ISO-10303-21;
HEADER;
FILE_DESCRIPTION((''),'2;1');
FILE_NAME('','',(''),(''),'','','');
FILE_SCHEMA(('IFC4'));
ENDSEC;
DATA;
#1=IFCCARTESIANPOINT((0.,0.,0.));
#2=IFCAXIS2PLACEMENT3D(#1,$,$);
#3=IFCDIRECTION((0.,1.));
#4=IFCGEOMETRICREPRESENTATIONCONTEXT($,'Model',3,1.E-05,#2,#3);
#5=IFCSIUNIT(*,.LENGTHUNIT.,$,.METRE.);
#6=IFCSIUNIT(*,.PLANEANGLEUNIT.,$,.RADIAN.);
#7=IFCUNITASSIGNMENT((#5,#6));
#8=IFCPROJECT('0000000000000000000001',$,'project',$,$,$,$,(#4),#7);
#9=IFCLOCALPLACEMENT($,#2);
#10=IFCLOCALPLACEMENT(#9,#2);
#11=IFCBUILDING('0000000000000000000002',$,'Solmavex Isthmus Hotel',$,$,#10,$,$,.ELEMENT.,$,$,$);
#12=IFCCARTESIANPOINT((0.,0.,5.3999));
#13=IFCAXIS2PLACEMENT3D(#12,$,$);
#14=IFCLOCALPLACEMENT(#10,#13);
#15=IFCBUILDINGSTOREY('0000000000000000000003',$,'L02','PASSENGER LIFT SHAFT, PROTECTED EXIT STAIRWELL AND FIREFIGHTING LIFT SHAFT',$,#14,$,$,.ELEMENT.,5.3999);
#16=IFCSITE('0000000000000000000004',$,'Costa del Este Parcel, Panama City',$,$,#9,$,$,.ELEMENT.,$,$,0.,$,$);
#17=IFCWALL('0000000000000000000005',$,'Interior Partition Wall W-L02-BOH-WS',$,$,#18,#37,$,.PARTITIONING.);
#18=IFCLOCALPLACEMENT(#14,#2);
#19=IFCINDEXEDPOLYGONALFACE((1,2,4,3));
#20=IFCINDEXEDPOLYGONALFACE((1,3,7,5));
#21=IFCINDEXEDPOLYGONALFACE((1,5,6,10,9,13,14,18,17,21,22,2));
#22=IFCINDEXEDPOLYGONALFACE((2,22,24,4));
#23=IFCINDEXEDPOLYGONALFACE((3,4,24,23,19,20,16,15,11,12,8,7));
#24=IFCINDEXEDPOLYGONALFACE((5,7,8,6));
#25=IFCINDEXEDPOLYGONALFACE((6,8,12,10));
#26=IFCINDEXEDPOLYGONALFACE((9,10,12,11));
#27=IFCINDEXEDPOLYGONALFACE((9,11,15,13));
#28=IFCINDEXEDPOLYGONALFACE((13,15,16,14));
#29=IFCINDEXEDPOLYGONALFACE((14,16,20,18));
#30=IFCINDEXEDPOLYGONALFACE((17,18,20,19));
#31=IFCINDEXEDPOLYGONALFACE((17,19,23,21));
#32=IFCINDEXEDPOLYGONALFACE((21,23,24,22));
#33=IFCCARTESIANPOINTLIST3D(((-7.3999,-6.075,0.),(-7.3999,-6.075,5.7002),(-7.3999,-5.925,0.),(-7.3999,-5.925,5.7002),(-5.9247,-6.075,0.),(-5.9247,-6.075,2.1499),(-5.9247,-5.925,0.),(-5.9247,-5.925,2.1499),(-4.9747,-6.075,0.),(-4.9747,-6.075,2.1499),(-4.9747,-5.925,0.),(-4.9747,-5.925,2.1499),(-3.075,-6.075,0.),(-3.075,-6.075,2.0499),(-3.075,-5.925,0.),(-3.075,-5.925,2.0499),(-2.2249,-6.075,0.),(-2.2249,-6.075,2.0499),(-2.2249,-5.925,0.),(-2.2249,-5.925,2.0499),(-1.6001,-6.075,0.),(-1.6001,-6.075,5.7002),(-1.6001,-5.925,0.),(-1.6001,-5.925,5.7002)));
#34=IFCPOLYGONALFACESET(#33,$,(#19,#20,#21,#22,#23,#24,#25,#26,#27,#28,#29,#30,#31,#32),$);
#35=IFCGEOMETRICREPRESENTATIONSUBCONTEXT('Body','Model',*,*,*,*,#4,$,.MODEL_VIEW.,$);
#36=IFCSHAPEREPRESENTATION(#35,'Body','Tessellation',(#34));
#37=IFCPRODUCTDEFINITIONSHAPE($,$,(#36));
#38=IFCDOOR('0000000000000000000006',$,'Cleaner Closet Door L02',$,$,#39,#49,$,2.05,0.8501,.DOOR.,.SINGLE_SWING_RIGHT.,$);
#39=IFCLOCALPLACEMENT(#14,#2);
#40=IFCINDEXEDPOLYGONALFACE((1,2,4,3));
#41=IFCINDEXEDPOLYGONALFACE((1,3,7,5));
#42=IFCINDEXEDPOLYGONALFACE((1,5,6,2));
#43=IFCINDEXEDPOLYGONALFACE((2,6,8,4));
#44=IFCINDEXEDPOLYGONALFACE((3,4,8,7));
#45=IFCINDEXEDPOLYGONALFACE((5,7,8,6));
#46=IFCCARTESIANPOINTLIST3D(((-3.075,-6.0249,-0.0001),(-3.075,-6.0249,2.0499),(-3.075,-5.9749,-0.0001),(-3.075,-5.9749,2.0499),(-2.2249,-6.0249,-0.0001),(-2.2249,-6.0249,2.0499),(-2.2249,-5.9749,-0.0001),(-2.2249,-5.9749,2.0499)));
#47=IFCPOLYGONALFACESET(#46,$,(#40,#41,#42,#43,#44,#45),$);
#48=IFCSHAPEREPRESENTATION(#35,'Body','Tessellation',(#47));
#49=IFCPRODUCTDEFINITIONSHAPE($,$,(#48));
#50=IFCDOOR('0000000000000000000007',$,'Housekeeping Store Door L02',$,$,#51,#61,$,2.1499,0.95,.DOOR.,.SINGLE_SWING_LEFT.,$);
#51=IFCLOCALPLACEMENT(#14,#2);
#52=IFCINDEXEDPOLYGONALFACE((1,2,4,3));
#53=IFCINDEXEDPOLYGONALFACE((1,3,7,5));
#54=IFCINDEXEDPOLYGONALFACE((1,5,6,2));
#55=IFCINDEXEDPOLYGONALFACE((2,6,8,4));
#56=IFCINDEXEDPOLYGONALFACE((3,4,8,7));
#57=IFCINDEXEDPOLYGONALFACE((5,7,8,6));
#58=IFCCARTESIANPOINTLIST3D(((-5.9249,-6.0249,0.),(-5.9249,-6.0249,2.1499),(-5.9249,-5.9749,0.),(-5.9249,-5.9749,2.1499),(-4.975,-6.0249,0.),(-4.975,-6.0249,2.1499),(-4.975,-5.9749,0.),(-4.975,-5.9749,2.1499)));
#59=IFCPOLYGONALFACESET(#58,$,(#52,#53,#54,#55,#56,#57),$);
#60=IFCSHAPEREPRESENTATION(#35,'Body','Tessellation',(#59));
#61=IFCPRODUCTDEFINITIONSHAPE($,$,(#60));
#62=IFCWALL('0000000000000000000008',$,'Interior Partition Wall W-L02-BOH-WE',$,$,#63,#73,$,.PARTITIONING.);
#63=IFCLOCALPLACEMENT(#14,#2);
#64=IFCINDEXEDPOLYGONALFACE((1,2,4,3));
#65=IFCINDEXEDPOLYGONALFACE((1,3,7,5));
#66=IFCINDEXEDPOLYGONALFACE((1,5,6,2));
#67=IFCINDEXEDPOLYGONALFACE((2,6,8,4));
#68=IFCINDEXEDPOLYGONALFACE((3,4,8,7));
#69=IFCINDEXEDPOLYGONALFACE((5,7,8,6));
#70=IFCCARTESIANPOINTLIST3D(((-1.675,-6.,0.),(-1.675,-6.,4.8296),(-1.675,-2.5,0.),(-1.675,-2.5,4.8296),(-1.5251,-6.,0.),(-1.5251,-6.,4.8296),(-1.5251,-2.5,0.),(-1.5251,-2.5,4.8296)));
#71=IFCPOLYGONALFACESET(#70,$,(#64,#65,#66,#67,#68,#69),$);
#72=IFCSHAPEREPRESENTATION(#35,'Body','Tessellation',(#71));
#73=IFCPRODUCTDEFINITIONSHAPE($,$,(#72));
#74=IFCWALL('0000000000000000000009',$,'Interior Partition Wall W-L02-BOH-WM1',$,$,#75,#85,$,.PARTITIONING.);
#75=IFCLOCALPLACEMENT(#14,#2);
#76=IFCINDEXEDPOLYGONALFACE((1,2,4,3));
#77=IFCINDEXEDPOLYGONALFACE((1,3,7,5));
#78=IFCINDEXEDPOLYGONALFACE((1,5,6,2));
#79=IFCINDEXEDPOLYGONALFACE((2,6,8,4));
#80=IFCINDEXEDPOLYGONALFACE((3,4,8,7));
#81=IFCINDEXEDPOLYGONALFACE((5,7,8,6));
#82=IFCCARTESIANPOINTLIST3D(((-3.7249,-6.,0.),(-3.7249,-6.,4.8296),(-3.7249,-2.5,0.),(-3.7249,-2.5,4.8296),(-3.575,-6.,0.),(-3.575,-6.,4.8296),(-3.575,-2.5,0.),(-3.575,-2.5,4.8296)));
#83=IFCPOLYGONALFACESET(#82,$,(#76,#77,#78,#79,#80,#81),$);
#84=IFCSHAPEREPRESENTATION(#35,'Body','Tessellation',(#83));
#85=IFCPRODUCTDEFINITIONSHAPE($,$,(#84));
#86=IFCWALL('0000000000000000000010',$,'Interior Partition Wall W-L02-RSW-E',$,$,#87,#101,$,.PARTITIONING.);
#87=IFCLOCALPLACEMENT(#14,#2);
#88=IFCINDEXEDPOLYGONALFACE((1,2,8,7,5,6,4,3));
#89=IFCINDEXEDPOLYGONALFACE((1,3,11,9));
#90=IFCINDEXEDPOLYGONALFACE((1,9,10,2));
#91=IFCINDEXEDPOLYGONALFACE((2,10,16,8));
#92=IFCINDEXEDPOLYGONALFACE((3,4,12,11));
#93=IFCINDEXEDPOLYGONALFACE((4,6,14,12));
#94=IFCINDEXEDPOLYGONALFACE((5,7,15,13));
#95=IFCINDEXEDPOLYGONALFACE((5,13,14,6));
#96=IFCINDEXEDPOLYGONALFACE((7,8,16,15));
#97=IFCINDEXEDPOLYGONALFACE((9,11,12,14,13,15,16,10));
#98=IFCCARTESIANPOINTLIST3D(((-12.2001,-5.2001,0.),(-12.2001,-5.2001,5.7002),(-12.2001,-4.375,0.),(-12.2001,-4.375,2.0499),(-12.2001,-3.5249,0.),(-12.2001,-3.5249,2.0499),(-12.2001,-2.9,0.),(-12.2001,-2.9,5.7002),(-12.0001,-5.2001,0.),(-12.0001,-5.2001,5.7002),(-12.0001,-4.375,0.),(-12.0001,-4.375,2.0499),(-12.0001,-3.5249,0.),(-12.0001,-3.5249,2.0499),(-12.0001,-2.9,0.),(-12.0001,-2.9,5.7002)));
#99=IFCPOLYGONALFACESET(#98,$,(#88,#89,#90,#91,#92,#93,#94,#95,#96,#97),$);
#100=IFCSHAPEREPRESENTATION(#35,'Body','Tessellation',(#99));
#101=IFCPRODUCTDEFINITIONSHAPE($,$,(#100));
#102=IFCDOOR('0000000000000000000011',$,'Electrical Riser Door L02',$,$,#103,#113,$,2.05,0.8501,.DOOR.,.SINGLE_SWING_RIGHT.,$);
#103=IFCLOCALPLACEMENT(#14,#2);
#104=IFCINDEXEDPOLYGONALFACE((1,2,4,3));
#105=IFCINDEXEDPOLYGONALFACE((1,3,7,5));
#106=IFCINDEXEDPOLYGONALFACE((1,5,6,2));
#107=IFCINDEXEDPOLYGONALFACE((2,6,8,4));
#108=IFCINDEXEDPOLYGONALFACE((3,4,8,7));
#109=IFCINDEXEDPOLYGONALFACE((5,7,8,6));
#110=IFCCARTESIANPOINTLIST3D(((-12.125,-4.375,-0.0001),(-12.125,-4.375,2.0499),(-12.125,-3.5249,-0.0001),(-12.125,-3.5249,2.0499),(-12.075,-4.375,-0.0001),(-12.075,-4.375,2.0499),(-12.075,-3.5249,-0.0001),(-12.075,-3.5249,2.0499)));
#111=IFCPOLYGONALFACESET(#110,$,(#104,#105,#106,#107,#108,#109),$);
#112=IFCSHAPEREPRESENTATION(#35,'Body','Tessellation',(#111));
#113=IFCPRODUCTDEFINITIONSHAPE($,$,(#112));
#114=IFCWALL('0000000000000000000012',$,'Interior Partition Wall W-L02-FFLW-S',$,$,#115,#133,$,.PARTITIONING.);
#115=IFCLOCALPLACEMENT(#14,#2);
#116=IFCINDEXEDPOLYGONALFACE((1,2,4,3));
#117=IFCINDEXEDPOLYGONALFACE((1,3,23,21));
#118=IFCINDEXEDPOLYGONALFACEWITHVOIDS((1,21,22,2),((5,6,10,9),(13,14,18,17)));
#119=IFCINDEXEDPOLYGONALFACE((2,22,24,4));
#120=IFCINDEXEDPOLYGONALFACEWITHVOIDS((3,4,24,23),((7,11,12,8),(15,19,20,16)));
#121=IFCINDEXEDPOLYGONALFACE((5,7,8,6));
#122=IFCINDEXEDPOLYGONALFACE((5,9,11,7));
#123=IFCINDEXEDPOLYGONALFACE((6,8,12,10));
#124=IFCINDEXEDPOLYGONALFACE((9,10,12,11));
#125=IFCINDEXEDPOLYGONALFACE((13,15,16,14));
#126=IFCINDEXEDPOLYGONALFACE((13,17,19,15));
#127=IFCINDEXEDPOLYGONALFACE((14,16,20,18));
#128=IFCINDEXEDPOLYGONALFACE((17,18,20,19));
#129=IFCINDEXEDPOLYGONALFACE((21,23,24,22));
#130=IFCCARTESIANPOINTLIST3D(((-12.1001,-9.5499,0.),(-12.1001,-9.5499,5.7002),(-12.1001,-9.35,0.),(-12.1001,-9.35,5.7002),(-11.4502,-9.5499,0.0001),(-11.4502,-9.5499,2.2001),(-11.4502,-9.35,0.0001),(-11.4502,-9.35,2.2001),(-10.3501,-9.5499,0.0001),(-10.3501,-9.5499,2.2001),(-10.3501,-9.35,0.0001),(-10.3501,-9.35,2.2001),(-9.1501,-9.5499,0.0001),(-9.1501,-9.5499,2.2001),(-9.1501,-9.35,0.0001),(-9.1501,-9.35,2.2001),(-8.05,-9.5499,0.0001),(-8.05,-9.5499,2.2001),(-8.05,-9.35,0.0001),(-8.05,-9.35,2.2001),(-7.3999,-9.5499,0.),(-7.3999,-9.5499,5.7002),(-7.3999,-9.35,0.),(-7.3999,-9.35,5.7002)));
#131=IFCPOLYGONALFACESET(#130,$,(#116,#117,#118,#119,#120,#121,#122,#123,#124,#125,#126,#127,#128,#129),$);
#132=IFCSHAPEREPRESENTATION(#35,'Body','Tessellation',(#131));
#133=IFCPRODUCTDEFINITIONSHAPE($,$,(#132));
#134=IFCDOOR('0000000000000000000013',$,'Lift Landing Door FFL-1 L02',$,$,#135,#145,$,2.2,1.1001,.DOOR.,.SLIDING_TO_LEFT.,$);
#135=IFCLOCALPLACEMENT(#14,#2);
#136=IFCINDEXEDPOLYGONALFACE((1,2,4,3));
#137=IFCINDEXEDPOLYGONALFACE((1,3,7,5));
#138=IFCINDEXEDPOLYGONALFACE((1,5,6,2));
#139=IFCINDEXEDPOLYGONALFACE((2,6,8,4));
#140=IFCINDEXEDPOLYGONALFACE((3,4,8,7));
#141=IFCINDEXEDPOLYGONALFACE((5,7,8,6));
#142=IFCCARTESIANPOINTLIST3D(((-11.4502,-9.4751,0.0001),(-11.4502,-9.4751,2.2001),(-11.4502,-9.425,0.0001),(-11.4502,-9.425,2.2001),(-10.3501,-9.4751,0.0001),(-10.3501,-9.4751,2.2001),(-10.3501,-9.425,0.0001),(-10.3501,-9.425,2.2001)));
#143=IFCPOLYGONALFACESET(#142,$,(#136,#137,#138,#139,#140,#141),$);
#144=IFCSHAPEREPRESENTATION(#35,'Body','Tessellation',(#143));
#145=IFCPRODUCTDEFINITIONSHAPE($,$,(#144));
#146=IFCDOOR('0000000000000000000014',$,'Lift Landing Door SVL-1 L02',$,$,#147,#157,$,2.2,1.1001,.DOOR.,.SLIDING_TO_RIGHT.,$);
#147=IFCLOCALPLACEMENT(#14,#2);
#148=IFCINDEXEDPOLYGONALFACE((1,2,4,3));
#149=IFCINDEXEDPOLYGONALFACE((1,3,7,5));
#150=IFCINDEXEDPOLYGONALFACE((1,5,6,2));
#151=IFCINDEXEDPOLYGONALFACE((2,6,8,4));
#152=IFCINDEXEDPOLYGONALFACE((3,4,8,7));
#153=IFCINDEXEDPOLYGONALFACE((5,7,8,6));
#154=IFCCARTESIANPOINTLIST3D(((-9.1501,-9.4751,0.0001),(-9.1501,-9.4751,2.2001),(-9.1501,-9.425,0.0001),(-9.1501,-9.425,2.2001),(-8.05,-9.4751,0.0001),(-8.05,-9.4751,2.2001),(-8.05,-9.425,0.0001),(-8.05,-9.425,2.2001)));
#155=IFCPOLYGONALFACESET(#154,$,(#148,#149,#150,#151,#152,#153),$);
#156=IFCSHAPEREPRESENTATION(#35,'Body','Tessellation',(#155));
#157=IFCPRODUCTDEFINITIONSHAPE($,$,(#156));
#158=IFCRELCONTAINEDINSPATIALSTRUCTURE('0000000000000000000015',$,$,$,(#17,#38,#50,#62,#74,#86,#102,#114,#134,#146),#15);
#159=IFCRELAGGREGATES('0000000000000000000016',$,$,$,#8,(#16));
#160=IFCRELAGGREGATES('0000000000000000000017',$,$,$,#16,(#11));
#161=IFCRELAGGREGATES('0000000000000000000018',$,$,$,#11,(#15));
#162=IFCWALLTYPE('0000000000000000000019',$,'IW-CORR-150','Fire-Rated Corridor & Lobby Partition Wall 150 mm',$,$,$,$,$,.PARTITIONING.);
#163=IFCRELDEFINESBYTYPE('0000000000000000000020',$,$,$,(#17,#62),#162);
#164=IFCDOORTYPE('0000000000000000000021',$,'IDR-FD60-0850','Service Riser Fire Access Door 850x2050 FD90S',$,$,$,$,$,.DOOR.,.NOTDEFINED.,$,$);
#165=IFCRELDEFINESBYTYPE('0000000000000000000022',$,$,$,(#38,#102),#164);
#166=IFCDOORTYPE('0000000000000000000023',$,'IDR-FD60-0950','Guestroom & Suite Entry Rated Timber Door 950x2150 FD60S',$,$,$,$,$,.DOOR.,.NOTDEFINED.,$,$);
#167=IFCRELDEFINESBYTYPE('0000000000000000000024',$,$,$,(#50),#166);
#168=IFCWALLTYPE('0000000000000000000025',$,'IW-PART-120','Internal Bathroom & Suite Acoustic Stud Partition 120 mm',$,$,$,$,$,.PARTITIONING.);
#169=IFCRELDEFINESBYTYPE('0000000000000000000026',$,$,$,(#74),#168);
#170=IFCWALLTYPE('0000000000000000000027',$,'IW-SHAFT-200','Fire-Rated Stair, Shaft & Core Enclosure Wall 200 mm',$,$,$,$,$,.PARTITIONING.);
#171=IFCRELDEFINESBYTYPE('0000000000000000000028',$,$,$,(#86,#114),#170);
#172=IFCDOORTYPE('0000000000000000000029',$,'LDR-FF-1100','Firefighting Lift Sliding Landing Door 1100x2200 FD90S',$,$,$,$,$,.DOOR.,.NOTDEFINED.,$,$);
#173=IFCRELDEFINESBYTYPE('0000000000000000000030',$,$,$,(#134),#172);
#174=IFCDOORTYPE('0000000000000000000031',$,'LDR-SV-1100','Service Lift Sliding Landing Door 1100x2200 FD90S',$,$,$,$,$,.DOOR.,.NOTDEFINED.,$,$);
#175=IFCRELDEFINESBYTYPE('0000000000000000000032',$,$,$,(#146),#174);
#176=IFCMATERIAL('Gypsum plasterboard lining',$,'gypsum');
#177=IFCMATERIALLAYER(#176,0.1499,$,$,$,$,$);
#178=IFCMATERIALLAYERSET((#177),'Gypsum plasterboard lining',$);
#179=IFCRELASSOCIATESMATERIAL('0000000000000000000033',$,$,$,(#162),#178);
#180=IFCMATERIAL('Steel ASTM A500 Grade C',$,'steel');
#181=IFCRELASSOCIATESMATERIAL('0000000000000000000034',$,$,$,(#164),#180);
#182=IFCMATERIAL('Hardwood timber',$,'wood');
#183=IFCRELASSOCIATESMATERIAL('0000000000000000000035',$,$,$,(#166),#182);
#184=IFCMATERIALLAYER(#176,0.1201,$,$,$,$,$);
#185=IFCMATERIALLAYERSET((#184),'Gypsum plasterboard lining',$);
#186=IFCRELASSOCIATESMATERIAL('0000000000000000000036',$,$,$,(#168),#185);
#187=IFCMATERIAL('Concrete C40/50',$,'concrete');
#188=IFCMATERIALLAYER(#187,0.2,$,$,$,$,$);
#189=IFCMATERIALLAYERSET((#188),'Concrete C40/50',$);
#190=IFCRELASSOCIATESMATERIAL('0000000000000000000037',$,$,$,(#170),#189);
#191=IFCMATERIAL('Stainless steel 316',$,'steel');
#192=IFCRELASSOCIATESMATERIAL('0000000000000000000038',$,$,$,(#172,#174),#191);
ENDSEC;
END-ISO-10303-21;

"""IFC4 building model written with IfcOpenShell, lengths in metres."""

from ifc_helpers import new_model, si_unit, direction, frame, frame_2d, origin, place, context, subcontext, project, spatial, rectangle, extrude, material, layer, layer_set, type_object, element, fill, save


model = new_model("IFC4")

# Units and contexts
model_context = context("Model", 3, precision=1e-05, world=origin(), true_north=direction((0.0, 1.0)))
body_context = subcontext(model_context, "Body", "Model", "MODEL_VIEW")
ifc_project = project(units=[si_unit("LENGTHUNIT", "METRE"), si_unit("PLANEANGLEUNIT", "RADIAN")], contexts=[model_context])

# Site, building, storey
site_placement = place(None, origin())
site = spatial("IfcSite", under=ifc_project, at=site_placement, Name="Costa del Este Parcel, Panama City", CompositionType="ELEMENT", RefElevation=0.0)
building_placement = place(site_placement, origin())
building = spatial("IfcBuilding", under=site, at=building_placement, Name="Solmavex Isthmus Hotel", CompositionType="ELEMENT")
storey_placement = place(building_placement, frame((0.0, 0.0, 5.3999)))
storey = spatial("IfcBuildingStorey", under=building, at=storey_placement, Name="L02", Description="PASSENGER LIFT SHAFT, PROTECTED EXIT STAIRWELL AND FIREFIGHTING LIFT SHAFT", CompositionType="ELEMENT", Elevation=5.3999)

# Wall, openings, doors
ifc_material_1 = material(Name="Gypsum plasterboard lining", Category="gypsum")
ifc_layer_1 = layer(ifc_material_1, 0.1499)
ifc_layer_set_1 = layer_set([ifc_layer_1], Name="Gypsum plasterboard lining")
wall_type_1 = type_object("IfcWallType", Name="IW-CORR-150", Description="Fire-Rated Corridor & Lobby Partition Wall 150 mm", PredefinedType="PARTITIONING", material=ifc_layer_set_1)
wall_1_placement = place(storey_placement, frame((-7.3999, -6.0, 0.0), z_axis=(0.0, 0.0, 1.0), x_axis=(1.0, 0.0, 0.0)))
wall_1 = element("IfcWall", 1, at=wall_1_placement, inside=storey, type_object=wall_type_1, Name="Interior Partition Wall W-L02-BOH-WS", PredefinedType="PARTITIONING", context=body_context, shape_type="SweptSolid", body=[
    extrude(rectangle(XDim=5.7998, YDim=0.1499, at=frame_2d((2.8999, 0.0))), origin(), (0.0, 0.0, 1.0), 5.7002),
])
opening_1_placement = place(wall_1_placement, frame((1.4751, 0.0, 0.0)))
opening_1 = element("IfcOpeningElement", 2, at=opening_1_placement, cuts=wall_1, PredefinedType="OPENING", context=body_context, shape_type="SweptSolid", body=[
    extrude(rectangle(XDim=0.95, YDim=2.1499, at=frame_2d((0.4751, 1.075))), frame((0.0, 0.085, 0.0), z_axis=(0.0, -1.0, 0.0), x_axis=(1.0, 0.0, 0.0)), (0.0, 0.0, 1.0), 0.1699),
])
opening_2_placement = place(wall_1_placement, frame((4.325, 0.0, 0.0)))
opening_2 = element("IfcOpeningElement", 3, at=opening_2_placement, cuts=wall_1, PredefinedType="OPENING", context=body_context, shape_type="SweptSolid", body=[
    extrude(rectangle(XDim=0.8501, YDim=2.05, at=frame_2d((0.425, 1.0249))), frame((0.0, 0.085, 0.0), z_axis=(0.0, -1.0, 0.0), x_axis=(1.0, 0.0, 0.0)), (0.0, 0.0, 1.0), 0.1699),
])
ifc_material_2 = material(Name="Steel ASTM A500 Grade C", Category="steel")
door_type_1 = type_object("IfcDoorType", Name="IDR-FD60-0850", Description="Service Riser Fire Access Door 850x2050 FD90S", OperationType="NOTDEFINED", PredefinedType="DOOR", material=ifc_material_2)
door_1_placement = place(opening_2_placement, frame((0.8501, 0.0, 0.0), z_axis=(0.0, 0.0, 1.0), x_axis=(-1.0, 0.0, 0.0)))
door_1 = element("IfcDoor", 4, at=door_1_placement, inside=storey, type_object=door_type_1, Name="Cleaner Closet Door L02", OperationType="SINGLE_SWING_RIGHT", OverallHeight=2.05, OverallWidth=0.8501, PredefinedType="DOOR", context=body_context, shape_type="SweptSolid", body=[
    extrude(rectangle(XDim=0.8501, YDim=2.05, at=frame_2d((0.425, 1.0249))), frame((0.0, 0.0249, 0.0), z_axis=(0.0, -1.0, 0.0), x_axis=(1.0, 0.0, 0.0)), (0.0, 0.0, 1.0), 0.05),
])
fill(opening_2, door_1)
ifc_material_3 = material(Name="Hardwood timber", Category="wood")
door_type_2 = type_object("IfcDoorType", Name="IDR-FD60-0950", Description="Guestroom & Suite Entry Rated Timber Door 950x2150 FD60S", OperationType="NOTDEFINED", PredefinedType="DOOR", material=ifc_material_3)
door_2_placement = place(opening_1_placement, frame((0.95, 0.0, 0.0), z_axis=(0.0, 0.0, 1.0), x_axis=(-1.0, 0.0, 0.0)))
door_2 = element("IfcDoor", 5, at=door_2_placement, inside=storey, type_object=door_type_2, Name="Housekeeping Store Door L02", OperationType="SINGLE_SWING_LEFT", OverallHeight=2.1499, OverallWidth=0.95, PredefinedType="DOOR", context=body_context, shape_type="SweptSolid", body=[
    extrude(rectangle(XDim=0.95, YDim=2.1499, at=frame_2d((0.4751, 1.075))), frame((0.0, 0.0249, 0.0), z_axis=(0.0, -1.0, 0.0), x_axis=(1.0, 0.0, 0.0)), (0.0, 0.0, 1.0), 0.05),
])
fill(opening_1, door_2)

# Walls
wall_2_placement = place(storey_placement, frame((-1.6001, -6.0, 0.0), z_axis=(0.0, 0.0, 1.0), x_axis=(0.0, 1.0, 0.0)))
element("IfcWall", 6, at=wall_2_placement, inside=storey, type_object=wall_type_1, Name="Interior Partition Wall W-L02-BOH-WE", PredefinedType="PARTITIONING", context=body_context, shape_type="SweptSolid", body=[
    extrude(rectangle(XDim=3.5, YDim=0.1499, at=frame_2d((1.75, 0.0))), origin(), (0.0, 0.0, 1.0), 4.8296),
])
ifc_layer_2 = layer(ifc_material_1, 0.1201)
ifc_layer_set_2 = layer_set([ifc_layer_2], Name="Gypsum plasterboard lining")
wall_type_2 = type_object("IfcWallType", Name="IW-PART-120", Description="Internal Bathroom & Suite Acoustic Stud Partition 120 mm", PredefinedType="PARTITIONING", material=ifc_layer_set_2)
wall_3_placement = place(storey_placement, frame((-3.6499, -6.0, 0.0), z_axis=(0.0, 0.0, 1.0), x_axis=(0.0, 1.0, 0.0)))
element("IfcWall", 7, at=wall_3_placement, inside=storey, type_object=wall_type_2, Name="Interior Partition Wall W-L02-BOH-WM1", PredefinedType="PARTITIONING", context=body_context, shape_type="SweptSolid", body=[
    extrude(rectangle(XDim=3.5, YDim=0.1499, at=frame_2d((1.75, 0.0))), origin(), (0.0, 0.0, 1.0), 4.8296),
])

# Wall, opening, door
ifc_material_4 = material(Name="Concrete C40/50", Category="concrete")
ifc_layer_3 = layer(ifc_material_4, 0.2)
ifc_layer_set_3 = layer_set([ifc_layer_3], Name="Concrete C40/50")
wall_type_3 = type_object("IfcWallType", Name="IW-SHAFT-200", Description="Fire-Rated Stair, Shaft & Core Enclosure Wall 200 mm", PredefinedType="PARTITIONING", material=ifc_layer_set_3)
wall_4_placement = place(storey_placement, frame((-12.1001, -5.2, 0.0), z_axis=(0.0, 0.0, 1.0), x_axis=(0.0, 1.0, 0.0)))
wall_4 = element("IfcWall", 8, at=wall_4_placement, inside=storey, type_object=wall_type_3, Name="Interior Partition Wall W-L02-RSW-E", PredefinedType="PARTITIONING", context=body_context, shape_type="SweptSolid", body=[
    extrude(rectangle(XDim=2.3, YDim=0.2, at=frame_2d((1.1499, 0.0))), origin(), (0.0, 0.0, 1.0), 5.7002),
])
opening_3_placement = place(wall_4_placement, frame((0.825, 0.0, 0.0)))
opening_3 = element("IfcOpeningElement", 9, at=opening_3_placement, cuts=wall_4, PredefinedType="OPENING", context=body_context, shape_type="SweptSolid", body=[
    extrude(rectangle(XDim=0.8501, YDim=2.05, at=frame_2d((0.425, 1.0249))), frame((0.0, 0.1099, 0.0), z_axis=(0.0, -1.0, 0.0), x_axis=(1.0, 0.0, 0.0)), (0.0, 0.0, 1.0), 0.22),
])
door_3_placement = place(opening_3_placement, origin())
door_3 = element("IfcDoor", 10, at=door_3_placement, inside=storey, type_object=door_type_1, Name="Electrical Riser Door L02", OperationType="SINGLE_SWING_RIGHT", OverallHeight=2.05, OverallWidth=0.8501, PredefinedType="DOOR", context=body_context, shape_type="SweptSolid", body=[
    extrude(rectangle(XDim=0.8501, YDim=2.05, at=frame_2d((0.425, 1.0249))), frame((0.0, 0.0249, 0.0), z_axis=(0.0, -1.0, 0.0), x_axis=(1.0, 0.0, 0.0)), (0.0, 0.0, 1.0), 0.05),
])
fill(opening_3, door_3)

# Wall, openings, doors
wall_5_placement = place(storey_placement, frame((-12.1001, -9.45, 0.0), z_axis=(0.0, 0.0, 1.0), x_axis=(1.0, 0.0, 0.0)))
wall_5 = element("IfcWall", 11, at=wall_5_placement, inside=storey, type_object=wall_type_3, Name="Interior Partition Wall W-L02-FFLW-S", PredefinedType="PARTITIONING", context=body_context, shape_type="SweptSolid", body=[
    extrude(rectangle(XDim=4.7002, YDim=0.2, at=frame_2d((2.3501, 0.0))), origin(), (0.0, 0.0, 1.0), 5.7002),
])
opening_4_placement = place(wall_5_placement, frame((0.6499, 0.0, 0.0)))
opening_4 = element("IfcOpeningElement", 12, at=opening_4_placement, cuts=wall_5, PredefinedType="OPENING", context=body_context, shape_type="SweptSolid", body=[
    extrude(rectangle(XDim=1.1001, YDim=2.2, at=frame_2d((0.55, 1.1001))), frame((0.0, 0.1099, 0.0), z_axis=(0.0, -1.0, 0.0), x_axis=(1.0, 0.0, 0.0)), (0.0, 0.0, 1.0), 0.22),
])
opening_5_placement = place(wall_5_placement, frame((2.95, 0.0, 0.0)))
opening_5 = element("IfcOpeningElement", 13, at=opening_5_placement, cuts=wall_5, PredefinedType="OPENING", context=body_context, shape_type="SweptSolid", body=[
    extrude(rectangle(XDim=1.1001, YDim=2.2, at=frame_2d((0.55, 1.1001))), frame((0.0, 0.1099, 0.0), z_axis=(0.0, -1.0, 0.0), x_axis=(1.0, 0.0, 0.0)), (0.0, 0.0, 1.0), 0.22),
])
ifc_material_5 = material(Name="Stainless steel 316", Category="steel")
door_type_3 = type_object("IfcDoorType", Name="LDR-FF-1100", Description="Firefighting Lift Sliding Landing Door 1100x2200 FD90S", OperationType="NOTDEFINED", PredefinedType="DOOR", material=ifc_material_5)
door_4_placement = place(opening_4_placement, origin())
door_4 = element("IfcDoor", 14, at=door_4_placement, inside=storey, type_object=door_type_3, Name="Lift Landing Door FFL-1 L02", OperationType="SLIDING_TO_LEFT", OverallHeight=2.2, OverallWidth=1.1001, PredefinedType="DOOR", context=body_context, shape_type="SweptSolid", body=[
    extrude(rectangle(XDim=1.1001, YDim=2.2, at=frame_2d((0.55, 1.1001))), frame((0.0, 0.0249, 0.0), z_axis=(0.0, -1.0, 0.0), x_axis=(1.0, 0.0, 0.0)), (0.0, 0.0, 1.0), 0.05),
])
fill(opening_4, door_4)
door_type_4 = type_object("IfcDoorType", Name="LDR-SV-1100", Description="Service Lift Sliding Landing Door 1100x2200 FD90S", OperationType="NOTDEFINED", PredefinedType="DOOR", material=ifc_material_5)
door_5_placement = place(opening_5_placement, origin())
door_5 = element("IfcDoor", 15, at=door_5_placement, inside=storey, type_object=door_type_4, Name="Lift Landing Door SVL-1 L02", OperationType="SLIDING_TO_RIGHT", OverallHeight=2.2, OverallWidth=1.1001, PredefinedType="DOOR", context=body_context, shape_type="SweptSolid", body=[
    extrude(rectangle(XDim=1.1001, YDim=2.2, at=frame_2d((0.55, 1.1001))), frame((0.0, 0.0249, 0.0), z_axis=(0.0, -1.0, 0.0), x_axis=(1.0, 0.0, 0.0)), (0.0, 0.0, 1.0), 0.05),
])
fill(opening_5, door_5)

save(model, "model.ifc")
